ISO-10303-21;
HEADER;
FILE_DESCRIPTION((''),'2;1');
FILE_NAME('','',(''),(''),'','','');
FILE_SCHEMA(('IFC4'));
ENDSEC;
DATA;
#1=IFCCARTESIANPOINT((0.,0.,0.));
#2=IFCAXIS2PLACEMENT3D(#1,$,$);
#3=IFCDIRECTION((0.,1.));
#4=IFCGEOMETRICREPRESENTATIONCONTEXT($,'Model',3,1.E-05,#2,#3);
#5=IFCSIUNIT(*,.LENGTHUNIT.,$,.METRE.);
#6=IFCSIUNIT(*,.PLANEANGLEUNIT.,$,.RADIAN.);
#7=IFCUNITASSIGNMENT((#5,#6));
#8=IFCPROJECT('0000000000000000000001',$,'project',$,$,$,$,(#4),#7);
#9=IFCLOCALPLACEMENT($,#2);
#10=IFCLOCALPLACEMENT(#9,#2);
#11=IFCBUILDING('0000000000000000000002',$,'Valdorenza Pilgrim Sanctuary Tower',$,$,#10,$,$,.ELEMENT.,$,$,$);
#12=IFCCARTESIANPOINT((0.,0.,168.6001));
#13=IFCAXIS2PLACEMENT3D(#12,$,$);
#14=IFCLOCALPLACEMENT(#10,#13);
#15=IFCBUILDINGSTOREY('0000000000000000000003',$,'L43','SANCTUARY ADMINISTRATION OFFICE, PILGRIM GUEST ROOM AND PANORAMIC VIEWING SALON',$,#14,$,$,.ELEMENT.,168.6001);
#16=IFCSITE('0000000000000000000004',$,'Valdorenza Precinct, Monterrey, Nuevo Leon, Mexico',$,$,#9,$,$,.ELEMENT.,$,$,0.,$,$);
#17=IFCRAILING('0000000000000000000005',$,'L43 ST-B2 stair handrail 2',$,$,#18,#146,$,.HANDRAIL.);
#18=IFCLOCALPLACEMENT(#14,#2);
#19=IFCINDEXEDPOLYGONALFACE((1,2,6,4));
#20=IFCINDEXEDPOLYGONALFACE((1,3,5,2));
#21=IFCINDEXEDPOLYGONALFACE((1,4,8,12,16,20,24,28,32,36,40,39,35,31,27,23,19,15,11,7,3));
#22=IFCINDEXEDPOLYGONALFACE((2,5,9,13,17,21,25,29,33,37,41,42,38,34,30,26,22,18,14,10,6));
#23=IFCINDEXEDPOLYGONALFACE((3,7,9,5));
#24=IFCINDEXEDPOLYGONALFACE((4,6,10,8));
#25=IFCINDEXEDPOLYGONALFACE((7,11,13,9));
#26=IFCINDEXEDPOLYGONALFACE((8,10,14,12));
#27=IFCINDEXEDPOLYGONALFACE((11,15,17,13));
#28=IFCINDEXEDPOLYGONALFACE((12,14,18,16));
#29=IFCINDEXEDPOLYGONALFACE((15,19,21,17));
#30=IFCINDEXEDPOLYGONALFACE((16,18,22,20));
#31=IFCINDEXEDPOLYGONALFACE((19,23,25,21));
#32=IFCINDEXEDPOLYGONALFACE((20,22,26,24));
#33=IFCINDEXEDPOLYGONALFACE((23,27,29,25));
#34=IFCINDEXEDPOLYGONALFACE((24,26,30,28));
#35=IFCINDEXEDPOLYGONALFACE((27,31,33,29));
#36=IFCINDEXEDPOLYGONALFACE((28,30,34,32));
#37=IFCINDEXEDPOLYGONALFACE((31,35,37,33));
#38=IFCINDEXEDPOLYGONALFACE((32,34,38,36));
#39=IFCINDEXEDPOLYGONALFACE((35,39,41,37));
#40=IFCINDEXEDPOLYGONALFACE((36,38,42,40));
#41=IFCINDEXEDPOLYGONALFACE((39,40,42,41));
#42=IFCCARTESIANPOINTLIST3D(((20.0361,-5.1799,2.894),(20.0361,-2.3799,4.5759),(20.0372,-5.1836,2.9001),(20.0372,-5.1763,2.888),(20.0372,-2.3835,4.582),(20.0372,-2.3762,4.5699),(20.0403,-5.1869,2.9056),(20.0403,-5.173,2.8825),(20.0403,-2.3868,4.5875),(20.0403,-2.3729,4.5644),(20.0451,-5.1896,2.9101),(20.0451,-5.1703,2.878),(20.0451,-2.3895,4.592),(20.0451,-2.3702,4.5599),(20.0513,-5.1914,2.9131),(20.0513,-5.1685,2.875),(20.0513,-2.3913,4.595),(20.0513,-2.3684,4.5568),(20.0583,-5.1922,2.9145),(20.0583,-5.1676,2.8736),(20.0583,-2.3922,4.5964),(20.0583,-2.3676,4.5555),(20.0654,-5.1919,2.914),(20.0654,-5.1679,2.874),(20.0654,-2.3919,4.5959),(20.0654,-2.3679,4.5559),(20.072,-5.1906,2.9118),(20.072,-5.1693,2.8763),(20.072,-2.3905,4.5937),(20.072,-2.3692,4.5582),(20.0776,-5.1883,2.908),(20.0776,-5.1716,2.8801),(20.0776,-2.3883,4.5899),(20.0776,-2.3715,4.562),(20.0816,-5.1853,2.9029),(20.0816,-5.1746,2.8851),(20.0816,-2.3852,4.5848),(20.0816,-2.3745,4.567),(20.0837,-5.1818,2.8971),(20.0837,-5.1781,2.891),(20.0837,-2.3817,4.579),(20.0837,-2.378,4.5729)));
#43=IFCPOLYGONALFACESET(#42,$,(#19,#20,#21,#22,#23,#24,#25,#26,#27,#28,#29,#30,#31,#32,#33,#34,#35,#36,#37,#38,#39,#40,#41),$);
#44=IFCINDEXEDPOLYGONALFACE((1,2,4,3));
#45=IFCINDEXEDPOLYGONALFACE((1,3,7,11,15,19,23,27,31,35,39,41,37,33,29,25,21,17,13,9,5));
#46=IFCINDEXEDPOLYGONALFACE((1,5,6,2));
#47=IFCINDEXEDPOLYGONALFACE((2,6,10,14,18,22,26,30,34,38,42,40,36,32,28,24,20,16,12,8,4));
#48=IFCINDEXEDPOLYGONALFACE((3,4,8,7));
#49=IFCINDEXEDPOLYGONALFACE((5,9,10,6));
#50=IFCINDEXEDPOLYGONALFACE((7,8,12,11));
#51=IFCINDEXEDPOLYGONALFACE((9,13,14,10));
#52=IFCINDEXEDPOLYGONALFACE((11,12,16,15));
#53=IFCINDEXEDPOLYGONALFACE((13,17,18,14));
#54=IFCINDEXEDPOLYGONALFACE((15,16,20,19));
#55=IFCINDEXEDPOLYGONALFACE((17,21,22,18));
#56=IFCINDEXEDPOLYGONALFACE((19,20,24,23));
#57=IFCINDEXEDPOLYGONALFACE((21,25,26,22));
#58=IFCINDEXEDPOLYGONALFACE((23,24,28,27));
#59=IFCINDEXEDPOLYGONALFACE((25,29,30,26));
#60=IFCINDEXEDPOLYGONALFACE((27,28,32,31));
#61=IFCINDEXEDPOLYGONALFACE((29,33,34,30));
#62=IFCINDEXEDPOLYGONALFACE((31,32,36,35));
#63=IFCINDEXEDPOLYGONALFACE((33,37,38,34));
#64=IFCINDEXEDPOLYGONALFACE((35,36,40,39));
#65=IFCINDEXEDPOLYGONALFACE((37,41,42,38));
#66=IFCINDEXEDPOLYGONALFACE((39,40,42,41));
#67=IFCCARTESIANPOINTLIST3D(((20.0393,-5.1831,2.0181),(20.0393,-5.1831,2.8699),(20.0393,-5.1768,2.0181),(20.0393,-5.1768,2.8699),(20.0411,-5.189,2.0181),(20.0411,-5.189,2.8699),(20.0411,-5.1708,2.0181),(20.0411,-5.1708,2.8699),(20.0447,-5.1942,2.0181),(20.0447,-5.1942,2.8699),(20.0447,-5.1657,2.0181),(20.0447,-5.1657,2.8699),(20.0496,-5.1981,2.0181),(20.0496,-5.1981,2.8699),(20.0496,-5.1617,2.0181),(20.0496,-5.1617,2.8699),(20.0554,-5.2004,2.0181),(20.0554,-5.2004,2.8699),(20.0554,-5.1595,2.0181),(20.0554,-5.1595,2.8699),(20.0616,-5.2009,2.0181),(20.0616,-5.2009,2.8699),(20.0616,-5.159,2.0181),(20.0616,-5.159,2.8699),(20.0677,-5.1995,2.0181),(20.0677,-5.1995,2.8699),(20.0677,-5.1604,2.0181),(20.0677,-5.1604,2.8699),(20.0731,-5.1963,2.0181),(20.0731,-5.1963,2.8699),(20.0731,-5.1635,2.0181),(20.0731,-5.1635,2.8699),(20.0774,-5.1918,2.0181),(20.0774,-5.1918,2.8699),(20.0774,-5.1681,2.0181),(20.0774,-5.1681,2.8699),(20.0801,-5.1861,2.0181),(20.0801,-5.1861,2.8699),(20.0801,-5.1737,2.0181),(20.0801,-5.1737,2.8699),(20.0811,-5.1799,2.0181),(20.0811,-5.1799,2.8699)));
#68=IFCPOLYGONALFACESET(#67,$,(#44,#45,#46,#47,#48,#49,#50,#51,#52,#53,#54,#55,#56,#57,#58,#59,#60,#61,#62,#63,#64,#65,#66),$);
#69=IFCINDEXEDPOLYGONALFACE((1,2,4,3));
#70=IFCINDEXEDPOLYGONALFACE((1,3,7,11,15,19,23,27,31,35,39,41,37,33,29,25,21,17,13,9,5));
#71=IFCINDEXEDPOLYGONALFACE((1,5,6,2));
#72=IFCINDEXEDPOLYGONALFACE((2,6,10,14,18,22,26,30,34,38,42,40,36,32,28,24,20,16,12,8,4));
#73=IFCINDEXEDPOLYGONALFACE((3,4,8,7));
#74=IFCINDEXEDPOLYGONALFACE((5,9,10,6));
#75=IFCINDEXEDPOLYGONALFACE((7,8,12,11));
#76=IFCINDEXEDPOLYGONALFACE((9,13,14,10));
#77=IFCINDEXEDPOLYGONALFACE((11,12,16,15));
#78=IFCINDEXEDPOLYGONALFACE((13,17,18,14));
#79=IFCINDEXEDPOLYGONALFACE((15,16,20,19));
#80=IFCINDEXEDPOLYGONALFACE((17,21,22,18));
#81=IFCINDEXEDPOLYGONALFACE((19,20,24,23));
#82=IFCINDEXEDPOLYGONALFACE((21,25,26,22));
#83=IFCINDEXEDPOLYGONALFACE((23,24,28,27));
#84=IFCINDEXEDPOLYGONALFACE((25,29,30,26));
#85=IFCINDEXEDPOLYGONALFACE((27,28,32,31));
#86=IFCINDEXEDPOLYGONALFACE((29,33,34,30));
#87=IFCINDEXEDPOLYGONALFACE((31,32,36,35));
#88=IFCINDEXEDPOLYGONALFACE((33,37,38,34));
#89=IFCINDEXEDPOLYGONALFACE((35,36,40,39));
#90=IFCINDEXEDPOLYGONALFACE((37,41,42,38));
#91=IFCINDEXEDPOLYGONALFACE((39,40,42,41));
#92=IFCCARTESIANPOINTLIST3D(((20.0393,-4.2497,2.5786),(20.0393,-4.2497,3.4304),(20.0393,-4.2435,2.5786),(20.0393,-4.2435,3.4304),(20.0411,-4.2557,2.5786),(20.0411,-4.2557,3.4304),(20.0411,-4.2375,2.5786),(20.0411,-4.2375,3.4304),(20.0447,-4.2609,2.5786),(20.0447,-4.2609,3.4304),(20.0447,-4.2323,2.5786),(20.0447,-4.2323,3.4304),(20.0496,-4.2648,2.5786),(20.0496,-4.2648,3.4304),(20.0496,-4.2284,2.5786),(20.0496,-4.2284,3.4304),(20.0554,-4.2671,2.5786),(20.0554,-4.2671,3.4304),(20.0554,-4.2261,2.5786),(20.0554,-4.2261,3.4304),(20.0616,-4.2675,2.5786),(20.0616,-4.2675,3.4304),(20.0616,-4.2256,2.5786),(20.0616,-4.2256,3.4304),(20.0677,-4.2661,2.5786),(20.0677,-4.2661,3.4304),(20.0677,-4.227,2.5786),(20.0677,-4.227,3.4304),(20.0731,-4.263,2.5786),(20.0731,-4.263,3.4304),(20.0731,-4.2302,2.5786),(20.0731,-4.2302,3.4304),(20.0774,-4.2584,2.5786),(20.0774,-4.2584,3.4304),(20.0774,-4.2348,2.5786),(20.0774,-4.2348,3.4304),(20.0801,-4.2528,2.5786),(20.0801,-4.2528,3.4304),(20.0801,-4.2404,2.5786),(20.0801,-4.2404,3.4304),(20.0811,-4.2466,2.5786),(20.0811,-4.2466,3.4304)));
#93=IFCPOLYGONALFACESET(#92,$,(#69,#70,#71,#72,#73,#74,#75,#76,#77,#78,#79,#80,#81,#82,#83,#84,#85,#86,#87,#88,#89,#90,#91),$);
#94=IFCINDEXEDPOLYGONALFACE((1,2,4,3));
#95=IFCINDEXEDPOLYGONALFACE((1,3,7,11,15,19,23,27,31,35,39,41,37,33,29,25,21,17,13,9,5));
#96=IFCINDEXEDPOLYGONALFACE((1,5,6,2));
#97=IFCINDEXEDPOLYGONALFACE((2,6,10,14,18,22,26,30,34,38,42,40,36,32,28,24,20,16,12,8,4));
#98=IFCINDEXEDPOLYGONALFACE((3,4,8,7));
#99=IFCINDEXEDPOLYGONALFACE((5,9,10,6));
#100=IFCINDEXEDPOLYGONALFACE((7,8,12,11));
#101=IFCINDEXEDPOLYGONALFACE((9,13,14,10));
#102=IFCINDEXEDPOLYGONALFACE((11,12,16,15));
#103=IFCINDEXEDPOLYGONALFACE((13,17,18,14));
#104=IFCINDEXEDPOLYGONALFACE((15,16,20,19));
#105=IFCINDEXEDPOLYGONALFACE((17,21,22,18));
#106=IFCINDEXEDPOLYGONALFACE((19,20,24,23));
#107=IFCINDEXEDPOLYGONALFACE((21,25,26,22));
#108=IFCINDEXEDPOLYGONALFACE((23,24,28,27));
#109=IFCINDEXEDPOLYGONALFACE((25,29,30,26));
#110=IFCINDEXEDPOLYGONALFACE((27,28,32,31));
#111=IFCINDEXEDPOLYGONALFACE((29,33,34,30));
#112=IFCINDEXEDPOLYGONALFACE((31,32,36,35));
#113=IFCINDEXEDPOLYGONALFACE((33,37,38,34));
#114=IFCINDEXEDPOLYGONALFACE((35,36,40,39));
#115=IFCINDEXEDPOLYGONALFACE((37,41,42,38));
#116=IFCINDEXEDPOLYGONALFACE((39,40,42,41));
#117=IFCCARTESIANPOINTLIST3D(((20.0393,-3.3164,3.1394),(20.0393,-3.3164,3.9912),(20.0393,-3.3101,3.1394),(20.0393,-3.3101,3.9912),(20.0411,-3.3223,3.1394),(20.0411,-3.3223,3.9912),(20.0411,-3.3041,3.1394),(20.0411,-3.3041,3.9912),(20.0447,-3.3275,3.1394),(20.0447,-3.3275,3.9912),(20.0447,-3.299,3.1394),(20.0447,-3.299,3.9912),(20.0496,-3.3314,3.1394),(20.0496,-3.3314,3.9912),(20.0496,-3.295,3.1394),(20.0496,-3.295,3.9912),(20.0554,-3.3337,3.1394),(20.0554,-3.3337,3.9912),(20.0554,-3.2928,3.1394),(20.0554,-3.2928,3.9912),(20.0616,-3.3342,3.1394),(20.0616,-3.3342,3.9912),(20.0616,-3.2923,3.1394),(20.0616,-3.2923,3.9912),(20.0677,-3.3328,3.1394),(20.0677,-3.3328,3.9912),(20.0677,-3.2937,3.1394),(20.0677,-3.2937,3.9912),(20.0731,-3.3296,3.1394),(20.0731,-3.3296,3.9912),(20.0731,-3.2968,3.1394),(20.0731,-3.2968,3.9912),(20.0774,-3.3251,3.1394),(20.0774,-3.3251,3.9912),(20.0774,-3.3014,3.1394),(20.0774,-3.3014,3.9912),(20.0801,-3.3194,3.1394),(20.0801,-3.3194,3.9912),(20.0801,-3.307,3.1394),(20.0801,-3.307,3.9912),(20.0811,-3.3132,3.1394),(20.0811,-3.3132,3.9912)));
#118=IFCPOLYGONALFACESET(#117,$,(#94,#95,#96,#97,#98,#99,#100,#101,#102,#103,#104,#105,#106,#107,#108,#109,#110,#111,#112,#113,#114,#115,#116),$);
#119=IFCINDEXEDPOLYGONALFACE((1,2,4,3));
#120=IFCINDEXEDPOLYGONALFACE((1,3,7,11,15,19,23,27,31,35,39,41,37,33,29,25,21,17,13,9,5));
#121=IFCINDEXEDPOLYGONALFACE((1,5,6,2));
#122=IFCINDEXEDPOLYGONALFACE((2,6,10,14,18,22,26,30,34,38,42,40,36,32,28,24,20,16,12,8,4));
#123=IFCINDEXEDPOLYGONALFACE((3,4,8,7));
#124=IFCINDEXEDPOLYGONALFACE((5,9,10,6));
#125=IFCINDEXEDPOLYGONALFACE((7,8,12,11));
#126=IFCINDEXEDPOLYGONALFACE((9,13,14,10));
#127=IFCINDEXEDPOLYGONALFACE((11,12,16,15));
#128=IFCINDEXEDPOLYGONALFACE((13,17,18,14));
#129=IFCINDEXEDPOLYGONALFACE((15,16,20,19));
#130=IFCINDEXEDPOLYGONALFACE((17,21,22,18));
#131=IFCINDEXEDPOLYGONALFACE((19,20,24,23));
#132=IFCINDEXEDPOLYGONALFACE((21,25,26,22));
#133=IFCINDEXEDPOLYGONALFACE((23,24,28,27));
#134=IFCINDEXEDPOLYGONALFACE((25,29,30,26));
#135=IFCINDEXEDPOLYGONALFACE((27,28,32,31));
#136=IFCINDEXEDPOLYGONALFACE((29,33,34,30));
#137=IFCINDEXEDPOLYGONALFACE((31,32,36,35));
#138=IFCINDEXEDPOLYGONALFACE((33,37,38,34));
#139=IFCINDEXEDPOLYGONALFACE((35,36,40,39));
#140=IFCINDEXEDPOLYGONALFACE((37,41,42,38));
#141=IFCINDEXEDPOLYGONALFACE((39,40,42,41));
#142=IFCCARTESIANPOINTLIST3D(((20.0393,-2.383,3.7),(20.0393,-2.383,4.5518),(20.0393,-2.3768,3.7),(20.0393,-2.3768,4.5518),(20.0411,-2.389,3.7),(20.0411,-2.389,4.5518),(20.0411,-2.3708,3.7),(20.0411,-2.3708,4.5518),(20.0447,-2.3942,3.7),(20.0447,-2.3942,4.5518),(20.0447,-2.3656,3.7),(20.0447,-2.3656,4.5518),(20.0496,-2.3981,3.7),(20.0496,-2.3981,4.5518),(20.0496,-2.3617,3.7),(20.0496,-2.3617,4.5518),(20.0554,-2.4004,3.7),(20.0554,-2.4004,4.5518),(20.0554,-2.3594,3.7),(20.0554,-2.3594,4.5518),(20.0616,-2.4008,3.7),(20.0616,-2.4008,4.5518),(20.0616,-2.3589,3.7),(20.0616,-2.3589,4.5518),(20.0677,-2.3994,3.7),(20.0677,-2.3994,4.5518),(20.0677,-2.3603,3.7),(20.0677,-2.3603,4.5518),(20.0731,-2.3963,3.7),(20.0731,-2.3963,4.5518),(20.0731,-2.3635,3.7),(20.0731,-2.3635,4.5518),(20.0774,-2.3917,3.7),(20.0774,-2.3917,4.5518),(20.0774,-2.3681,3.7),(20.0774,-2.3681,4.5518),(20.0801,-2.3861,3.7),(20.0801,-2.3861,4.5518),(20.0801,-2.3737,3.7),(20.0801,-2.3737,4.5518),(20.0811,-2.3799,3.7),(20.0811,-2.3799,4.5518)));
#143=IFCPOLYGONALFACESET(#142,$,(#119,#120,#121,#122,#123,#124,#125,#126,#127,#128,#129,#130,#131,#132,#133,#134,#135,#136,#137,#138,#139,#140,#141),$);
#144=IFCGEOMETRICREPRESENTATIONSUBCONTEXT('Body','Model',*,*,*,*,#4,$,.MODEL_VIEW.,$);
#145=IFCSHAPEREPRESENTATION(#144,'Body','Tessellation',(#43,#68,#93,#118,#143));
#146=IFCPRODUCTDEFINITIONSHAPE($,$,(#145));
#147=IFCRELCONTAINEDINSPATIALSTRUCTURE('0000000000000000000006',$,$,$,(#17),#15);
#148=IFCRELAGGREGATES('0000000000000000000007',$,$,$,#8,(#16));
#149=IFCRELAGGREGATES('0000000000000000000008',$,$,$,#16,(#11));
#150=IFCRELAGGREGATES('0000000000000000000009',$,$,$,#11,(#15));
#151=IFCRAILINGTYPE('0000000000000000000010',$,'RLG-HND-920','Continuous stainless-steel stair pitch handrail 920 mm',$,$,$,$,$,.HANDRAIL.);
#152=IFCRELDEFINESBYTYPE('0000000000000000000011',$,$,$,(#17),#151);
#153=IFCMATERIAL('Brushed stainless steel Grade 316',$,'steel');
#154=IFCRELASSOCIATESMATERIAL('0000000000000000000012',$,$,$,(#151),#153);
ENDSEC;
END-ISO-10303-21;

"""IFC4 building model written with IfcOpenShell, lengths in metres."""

from ifc_helpers import new_model, si_unit, direction, frame, origin, origin_2d, place, context, subcontext, project, spatial, circle, extrude, material, type_object, element, save


model = new_model("IFC4")

# Units and contexts
model_context = context("Model", 3, precision=1e-05, world=origin(), true_north=direction((0.0, 1.0)))
body_context = subcontext(model_context, "Body", "Model", "MODEL_VIEW")
ifc_project = project(units=[si_unit("LENGTHUNIT", "METRE"), si_unit("PLANEANGLEUNIT", "RADIAN")], contexts=[model_context])

# Site, building, storey
site_placement = place(None, origin())
site = spatial("IfcSite", under=ifc_project, at=site_placement, Name="Valdorenza Precinct, Monterrey, Nuevo Leon, Mexico", CompositionType="ELEMENT", RefElevation=0.0)
building_placement = place(site_placement, origin())
building = spatial("IfcBuilding", under=site, at=building_placement, Name="Valdorenza Pilgrim Sanctuary Tower", CompositionType="ELEMENT")
storey_placement = place(building_placement, frame((0.0, 0.0, 168.6001)))
storey = spatial("IfcBuildingStorey", under=building, at=storey_placement, Name="L43", Description="SANCTUARY ADMINISTRATION OFFICE, PILGRIM GUEST ROOM AND PANORAMIC VIEWING SALON", CompositionType="ELEMENT", Elevation=168.6001)

# Railing
ifc_material_1 = material(Name="Brushed stainless steel Grade 316", Category="steel")
railing_type_1 = type_object("IfcRailingType", Name="RLG-HND-920", Description="Continuous stainless-steel stair pitch handrail 920 mm", PredefinedType="HANDRAIL", material=ifc_material_1)
railing_1_placement = place(storey_placement, frame((20.0601, -5.1799, 2.0181)))
element("IfcRailing", 1, at=railing_1_placement, inside=storey, type_object=railing_type_1, Name="L43 ST-B2 stair handrail 2", PredefinedType="HANDRAIL", context=body_context, shape_type="SweptSolid", body=[
    extrude(circle(Radius=0.0239, at=origin_2d()), frame((0.0, 0.0, 0.876), z_axis=(0.0, 0.857242, 0.514913), x_axis=(-1.0, 0.0, 0.0)), (0.0, 0.0, 1.0), 3.2664),
    extrude(circle(Radius=0.021, at=origin_2d()), origin(), (0.0, 0.0, 1.0), 0.8518),
    extrude(circle(Radius=0.021, at=origin_2d()), frame((0.0, 0.9333, 0.5605)), (0.0, 0.0, 1.0), 0.8518),
    extrude(circle(Radius=0.021, at=origin_2d()), frame((0.0, 1.8667, 1.1213)), (0.0, 0.0, 1.0), 0.8518),
    extrude(circle(Radius=0.021, at=origin_2d()), frame((0.0, 2.8, 1.6819)), (0.0, 0.0, 1.0), 0.8518),
])

save(model, "model.ifc")
